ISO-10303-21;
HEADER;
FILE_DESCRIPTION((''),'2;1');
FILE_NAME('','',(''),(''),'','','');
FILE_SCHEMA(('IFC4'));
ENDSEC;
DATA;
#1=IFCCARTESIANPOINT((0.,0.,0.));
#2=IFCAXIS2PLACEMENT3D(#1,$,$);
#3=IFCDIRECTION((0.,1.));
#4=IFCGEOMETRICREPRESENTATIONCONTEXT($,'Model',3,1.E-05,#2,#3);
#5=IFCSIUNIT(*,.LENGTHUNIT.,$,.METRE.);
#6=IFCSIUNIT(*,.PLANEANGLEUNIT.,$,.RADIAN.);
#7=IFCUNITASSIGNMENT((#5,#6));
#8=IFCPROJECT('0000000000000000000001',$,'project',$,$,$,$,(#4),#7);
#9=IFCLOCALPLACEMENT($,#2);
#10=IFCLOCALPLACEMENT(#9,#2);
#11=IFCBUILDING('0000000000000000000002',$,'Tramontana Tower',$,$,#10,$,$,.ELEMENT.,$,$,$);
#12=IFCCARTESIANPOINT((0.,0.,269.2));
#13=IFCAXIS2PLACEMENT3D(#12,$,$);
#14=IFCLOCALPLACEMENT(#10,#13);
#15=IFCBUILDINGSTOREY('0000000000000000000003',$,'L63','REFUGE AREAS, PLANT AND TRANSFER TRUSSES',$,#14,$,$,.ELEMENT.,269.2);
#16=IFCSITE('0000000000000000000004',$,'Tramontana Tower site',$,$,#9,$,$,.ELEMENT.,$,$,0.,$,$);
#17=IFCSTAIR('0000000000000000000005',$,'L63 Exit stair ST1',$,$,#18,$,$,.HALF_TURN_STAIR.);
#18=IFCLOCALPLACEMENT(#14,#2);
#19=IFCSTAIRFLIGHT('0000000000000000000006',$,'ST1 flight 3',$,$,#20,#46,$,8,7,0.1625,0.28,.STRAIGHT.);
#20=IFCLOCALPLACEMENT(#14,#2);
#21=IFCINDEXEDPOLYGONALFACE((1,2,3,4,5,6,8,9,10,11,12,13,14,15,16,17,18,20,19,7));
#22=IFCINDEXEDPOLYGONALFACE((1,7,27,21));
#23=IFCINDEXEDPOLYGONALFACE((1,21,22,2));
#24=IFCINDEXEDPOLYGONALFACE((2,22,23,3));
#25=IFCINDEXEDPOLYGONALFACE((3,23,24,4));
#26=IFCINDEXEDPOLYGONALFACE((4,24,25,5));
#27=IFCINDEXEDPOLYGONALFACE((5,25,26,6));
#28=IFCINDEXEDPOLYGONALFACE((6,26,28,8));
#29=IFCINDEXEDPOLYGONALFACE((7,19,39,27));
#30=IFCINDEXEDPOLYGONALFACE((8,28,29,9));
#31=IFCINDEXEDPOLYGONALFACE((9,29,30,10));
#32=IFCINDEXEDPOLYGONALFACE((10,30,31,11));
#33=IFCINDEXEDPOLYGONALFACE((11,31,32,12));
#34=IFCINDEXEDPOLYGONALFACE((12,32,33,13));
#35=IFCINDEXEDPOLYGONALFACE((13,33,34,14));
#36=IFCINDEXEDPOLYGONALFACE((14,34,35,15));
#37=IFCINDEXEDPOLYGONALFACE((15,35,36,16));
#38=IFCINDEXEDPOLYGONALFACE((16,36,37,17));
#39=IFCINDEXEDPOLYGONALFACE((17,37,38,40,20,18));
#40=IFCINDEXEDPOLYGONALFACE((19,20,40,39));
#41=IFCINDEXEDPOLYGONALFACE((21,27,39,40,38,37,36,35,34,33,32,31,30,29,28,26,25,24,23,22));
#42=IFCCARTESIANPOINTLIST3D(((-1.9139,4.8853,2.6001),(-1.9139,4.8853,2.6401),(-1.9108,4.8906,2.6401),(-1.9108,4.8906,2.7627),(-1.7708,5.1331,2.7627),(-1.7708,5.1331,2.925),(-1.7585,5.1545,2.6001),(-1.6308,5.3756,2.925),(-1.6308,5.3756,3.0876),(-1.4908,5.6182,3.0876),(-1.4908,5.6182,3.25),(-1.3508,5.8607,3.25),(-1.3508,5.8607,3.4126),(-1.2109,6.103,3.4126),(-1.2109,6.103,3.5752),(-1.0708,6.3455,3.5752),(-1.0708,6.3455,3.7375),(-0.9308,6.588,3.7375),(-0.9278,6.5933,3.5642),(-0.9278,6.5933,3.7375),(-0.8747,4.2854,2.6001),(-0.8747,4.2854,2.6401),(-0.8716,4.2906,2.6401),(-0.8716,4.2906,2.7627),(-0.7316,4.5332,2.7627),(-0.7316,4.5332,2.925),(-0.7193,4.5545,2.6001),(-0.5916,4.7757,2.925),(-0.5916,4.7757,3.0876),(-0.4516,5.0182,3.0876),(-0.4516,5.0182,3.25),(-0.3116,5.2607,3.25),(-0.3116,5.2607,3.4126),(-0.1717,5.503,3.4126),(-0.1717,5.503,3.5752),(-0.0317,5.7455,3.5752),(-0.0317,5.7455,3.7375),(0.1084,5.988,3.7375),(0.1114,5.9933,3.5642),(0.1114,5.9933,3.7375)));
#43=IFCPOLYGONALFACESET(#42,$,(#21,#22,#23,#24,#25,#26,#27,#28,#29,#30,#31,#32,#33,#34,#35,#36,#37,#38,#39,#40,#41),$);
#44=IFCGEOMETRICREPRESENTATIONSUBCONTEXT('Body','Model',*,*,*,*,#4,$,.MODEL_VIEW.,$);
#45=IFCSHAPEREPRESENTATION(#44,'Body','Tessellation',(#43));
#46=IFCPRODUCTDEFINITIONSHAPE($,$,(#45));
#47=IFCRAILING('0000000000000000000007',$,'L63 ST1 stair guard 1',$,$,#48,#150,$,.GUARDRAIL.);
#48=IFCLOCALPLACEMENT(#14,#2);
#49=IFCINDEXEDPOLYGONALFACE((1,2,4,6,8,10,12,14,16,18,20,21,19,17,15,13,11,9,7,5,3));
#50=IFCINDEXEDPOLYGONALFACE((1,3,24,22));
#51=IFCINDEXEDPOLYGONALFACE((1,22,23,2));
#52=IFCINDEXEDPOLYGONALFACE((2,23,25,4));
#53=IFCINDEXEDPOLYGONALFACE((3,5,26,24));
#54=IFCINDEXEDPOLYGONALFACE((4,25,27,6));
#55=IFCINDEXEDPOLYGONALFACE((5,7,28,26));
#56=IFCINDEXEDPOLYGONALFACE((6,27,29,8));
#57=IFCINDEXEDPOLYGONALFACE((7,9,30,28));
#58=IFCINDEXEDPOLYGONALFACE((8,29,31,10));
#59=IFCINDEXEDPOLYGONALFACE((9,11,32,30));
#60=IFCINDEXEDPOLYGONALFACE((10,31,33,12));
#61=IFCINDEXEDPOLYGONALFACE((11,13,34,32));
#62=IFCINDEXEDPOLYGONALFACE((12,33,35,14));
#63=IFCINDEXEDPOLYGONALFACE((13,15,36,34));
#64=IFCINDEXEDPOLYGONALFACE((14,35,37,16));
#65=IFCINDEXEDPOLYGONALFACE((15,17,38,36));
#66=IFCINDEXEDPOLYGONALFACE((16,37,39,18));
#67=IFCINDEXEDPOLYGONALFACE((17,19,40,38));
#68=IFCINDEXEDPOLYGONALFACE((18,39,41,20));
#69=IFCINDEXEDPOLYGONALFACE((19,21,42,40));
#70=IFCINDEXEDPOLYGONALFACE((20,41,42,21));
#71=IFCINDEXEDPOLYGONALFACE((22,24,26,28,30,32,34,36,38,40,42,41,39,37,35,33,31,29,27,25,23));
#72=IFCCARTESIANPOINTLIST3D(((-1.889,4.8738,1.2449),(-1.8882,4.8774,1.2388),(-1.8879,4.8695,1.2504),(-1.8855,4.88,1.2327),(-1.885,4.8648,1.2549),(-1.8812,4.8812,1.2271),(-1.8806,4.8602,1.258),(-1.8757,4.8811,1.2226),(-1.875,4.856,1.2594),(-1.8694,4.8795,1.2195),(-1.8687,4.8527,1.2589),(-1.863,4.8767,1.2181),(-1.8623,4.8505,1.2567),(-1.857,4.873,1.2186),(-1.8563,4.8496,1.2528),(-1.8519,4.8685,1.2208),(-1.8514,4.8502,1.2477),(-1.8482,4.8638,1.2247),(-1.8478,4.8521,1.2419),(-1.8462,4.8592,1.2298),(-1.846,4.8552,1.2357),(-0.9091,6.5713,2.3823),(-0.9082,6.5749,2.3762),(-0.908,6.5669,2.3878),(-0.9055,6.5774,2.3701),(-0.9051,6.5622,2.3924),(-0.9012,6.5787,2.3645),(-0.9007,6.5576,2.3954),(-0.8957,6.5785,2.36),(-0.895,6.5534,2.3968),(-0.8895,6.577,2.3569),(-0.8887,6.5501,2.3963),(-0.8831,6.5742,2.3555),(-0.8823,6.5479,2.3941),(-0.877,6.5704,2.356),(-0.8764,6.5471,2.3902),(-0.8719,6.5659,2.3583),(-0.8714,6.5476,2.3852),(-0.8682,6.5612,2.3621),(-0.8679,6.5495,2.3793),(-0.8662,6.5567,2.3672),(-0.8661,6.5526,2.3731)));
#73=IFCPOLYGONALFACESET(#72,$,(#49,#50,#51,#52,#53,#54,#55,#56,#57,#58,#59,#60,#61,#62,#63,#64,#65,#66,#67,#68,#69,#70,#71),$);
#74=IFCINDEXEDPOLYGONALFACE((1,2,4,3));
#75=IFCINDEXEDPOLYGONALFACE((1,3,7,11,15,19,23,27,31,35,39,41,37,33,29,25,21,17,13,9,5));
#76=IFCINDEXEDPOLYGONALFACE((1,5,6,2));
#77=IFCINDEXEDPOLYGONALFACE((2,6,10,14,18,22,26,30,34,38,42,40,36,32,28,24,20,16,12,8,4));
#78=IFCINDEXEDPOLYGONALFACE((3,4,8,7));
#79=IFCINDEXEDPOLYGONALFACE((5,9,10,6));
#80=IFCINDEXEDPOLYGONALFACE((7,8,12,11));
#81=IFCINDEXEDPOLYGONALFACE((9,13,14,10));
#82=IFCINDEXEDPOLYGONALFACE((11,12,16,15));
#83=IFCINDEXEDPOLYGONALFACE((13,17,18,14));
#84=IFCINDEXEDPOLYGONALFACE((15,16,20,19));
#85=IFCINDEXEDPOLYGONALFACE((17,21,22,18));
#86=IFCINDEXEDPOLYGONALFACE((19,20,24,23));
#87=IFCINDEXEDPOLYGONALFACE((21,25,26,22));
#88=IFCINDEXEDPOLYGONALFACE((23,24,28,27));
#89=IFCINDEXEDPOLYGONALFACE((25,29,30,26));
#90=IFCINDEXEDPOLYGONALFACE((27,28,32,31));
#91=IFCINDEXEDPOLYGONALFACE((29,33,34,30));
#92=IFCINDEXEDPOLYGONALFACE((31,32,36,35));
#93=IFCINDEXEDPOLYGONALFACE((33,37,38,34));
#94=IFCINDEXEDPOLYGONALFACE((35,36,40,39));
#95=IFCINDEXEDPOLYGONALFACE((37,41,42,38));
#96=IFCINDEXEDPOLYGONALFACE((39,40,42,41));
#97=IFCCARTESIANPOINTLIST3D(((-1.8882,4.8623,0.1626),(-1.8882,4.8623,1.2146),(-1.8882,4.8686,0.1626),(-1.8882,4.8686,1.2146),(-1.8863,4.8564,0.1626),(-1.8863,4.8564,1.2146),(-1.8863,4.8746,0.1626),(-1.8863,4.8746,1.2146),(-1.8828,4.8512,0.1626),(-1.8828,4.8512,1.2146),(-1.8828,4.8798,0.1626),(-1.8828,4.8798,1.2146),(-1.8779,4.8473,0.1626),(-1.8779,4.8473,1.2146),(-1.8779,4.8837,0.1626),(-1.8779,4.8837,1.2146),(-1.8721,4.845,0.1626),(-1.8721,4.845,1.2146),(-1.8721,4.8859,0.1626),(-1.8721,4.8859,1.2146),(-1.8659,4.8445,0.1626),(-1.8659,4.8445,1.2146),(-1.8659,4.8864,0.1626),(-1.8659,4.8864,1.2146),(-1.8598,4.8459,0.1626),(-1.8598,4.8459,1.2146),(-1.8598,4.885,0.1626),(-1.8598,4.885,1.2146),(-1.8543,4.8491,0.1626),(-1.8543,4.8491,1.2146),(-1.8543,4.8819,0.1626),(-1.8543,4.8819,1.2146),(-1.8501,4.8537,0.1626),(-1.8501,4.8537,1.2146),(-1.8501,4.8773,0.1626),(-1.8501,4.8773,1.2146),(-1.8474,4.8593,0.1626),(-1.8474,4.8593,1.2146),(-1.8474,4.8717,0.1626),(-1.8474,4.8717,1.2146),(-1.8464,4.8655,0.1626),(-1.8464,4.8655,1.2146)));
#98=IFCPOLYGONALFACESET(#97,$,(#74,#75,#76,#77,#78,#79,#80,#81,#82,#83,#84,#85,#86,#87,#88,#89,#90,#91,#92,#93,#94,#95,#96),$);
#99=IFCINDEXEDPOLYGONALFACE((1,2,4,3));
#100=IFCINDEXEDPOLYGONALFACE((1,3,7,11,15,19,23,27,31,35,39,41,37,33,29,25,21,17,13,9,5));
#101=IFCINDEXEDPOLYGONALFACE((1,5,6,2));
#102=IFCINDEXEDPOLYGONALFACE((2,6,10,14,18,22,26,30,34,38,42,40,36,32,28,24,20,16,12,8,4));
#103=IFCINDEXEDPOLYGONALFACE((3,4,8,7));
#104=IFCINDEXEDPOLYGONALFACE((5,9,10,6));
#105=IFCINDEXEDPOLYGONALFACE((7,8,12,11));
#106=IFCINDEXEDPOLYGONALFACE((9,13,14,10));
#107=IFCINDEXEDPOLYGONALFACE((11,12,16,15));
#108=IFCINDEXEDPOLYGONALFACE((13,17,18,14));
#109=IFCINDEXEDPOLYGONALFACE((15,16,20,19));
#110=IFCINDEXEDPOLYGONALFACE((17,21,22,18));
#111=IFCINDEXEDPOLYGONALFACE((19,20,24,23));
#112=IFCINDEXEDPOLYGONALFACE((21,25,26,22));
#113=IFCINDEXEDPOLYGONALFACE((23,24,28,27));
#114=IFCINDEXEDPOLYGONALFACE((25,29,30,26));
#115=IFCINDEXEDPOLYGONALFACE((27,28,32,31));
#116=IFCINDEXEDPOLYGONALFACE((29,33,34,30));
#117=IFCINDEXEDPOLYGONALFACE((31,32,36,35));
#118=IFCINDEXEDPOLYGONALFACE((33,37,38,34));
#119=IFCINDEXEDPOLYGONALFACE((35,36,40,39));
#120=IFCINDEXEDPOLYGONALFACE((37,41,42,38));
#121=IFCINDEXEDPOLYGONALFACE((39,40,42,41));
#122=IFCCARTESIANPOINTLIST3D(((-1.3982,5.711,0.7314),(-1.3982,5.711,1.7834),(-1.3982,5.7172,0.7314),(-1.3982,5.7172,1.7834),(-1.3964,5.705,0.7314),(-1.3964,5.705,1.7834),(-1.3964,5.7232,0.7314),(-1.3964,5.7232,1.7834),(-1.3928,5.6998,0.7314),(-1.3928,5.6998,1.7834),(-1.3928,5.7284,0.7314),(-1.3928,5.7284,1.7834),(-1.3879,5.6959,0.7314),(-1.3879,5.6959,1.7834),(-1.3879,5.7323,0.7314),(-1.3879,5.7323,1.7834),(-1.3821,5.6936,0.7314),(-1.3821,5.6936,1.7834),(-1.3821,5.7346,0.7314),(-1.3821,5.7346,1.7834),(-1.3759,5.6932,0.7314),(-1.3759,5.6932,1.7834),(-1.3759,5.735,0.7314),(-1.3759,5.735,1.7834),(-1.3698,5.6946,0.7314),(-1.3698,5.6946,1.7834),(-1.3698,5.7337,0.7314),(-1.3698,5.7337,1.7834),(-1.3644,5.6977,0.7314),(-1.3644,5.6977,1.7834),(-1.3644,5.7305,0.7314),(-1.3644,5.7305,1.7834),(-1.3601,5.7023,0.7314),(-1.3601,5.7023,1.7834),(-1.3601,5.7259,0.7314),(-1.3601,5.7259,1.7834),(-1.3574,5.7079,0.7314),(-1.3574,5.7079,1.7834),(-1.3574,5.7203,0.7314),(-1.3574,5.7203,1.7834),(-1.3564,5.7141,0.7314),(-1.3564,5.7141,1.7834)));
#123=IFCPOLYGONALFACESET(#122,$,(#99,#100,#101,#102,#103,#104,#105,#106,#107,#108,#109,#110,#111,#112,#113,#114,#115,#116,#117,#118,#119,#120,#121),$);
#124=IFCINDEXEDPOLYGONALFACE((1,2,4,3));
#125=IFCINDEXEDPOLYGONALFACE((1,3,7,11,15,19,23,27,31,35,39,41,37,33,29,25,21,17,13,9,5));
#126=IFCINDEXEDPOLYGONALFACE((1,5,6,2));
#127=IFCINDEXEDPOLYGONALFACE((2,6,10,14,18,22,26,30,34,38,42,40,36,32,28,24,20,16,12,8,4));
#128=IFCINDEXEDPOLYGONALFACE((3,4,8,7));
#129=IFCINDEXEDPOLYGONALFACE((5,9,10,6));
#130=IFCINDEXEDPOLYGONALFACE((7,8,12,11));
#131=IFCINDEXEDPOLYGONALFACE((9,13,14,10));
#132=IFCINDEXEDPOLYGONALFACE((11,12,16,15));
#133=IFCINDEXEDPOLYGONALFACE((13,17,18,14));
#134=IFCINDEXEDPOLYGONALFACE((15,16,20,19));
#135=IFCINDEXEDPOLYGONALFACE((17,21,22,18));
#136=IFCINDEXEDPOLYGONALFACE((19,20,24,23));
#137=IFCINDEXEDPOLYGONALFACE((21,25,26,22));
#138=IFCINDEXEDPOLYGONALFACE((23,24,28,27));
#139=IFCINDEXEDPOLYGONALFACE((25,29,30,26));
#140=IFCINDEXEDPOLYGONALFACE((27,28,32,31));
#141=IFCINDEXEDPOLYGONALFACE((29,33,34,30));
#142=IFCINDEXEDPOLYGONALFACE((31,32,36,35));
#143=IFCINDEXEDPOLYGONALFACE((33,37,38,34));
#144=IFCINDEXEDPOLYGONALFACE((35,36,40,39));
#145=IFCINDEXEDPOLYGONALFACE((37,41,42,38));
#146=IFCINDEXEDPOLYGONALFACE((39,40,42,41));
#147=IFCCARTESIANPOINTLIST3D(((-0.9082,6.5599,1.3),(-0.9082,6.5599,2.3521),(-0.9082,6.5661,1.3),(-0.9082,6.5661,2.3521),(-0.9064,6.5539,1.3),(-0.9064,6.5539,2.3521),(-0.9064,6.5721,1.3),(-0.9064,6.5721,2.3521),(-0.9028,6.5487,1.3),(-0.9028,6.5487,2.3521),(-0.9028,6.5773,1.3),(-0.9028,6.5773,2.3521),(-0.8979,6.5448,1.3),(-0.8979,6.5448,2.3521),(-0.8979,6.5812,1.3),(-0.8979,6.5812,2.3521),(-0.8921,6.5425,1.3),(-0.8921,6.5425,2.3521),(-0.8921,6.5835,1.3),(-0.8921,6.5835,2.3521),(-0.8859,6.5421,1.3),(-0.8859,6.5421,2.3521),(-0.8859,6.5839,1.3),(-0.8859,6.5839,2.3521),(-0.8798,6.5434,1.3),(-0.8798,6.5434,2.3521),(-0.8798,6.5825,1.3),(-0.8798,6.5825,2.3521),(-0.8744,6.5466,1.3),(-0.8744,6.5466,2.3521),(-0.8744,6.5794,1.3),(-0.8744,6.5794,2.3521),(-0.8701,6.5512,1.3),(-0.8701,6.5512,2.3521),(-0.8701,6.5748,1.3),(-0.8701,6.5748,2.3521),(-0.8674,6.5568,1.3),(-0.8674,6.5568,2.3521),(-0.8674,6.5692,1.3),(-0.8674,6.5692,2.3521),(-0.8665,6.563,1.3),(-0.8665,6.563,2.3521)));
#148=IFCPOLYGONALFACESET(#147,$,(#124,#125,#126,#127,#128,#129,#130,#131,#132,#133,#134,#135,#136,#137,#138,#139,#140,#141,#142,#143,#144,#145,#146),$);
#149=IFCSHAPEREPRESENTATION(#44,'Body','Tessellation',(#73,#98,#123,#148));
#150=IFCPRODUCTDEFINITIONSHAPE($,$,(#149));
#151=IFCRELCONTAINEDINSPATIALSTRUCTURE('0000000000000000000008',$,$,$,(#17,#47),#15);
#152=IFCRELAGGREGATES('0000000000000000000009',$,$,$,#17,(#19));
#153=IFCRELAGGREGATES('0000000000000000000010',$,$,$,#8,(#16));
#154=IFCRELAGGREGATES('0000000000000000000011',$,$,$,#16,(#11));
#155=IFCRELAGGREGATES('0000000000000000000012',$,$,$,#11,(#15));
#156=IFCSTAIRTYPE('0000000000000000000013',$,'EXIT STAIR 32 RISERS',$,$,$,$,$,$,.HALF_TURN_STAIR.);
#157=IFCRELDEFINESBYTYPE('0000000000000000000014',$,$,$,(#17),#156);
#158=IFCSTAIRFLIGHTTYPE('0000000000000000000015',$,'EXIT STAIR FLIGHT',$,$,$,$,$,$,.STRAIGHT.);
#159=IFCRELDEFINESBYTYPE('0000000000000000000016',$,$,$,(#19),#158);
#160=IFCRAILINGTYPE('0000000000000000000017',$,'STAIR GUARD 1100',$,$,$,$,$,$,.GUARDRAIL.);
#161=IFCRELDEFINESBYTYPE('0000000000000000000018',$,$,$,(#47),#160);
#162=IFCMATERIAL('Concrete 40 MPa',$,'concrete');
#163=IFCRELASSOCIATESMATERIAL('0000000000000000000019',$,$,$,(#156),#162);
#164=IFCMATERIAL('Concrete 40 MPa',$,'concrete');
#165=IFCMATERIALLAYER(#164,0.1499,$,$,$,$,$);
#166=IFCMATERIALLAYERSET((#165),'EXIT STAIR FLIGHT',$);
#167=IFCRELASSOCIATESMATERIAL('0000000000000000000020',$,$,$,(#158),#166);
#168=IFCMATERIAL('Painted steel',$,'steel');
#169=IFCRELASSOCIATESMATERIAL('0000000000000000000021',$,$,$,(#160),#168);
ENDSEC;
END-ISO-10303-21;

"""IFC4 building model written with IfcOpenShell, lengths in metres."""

from ifc_helpers import new_model, si_unit, direction, frame, origin, origin_2d, place, context, subcontext, project, spatial, polyline, circle, outline, extrude, material, layer, layer_set, type_object, element, aggregate, save


model = new_model("IFC4")

# Units and contexts
model_context = context("Model", 3, precision=1e-05, world=origin(), true_north=direction((0.0, 1.0)))
body_context = subcontext(model_context, "Body", "Model", "MODEL_VIEW")
ifc_project = project(units=[si_unit("LENGTHUNIT", "METRE"), si_unit("PLANEANGLEUNIT", "RADIAN")], contexts=[model_context])

# Site, building, storey
site_placement = place(None, origin())
site = spatial("IfcSite", under=ifc_project, at=site_placement, Name="Tramontana Tower site", CompositionType="ELEMENT", RefElevation=0.0)
building_placement = place(site_placement, origin())
building = spatial("IfcBuilding", under=site, at=building_placement, Name="Tramontana Tower", CompositionType="ELEMENT")
storey_placement = place(building_placement, frame((0.0, 0.0, 269.2)))
storey = spatial("IfcBuildingStorey", under=building, at=storey_placement, Name="L63", Description="REFUGE AREAS, PLANT AND TRANSFER TRUSSES", CompositionType="ELEMENT", Elevation=269.2)

# Stair, stair flight
ifc_material_1 = material(Name="Concrete 40 MPa", Category="concrete")
stair_type = type_object("IfcStairType", Name="EXIT STAIR 32 RISERS", PredefinedType="HALF_TURN_STAIR", material=ifc_material_1)
stair_placement = place(storey_placement, origin())
stair = element("IfcStair", 1, at=stair_placement, inside=storey, type_object=stair_type, Name="L63 Exit stair ST1", PredefinedType="HALF_TURN_STAIR")
ifc_material_2 = material(Name="Concrete 40 MPa", Category="concrete")
ifc_layer_1 = layer(ifc_material_2, 0.1499)
ifc_layer_set_1 = layer_set([ifc_layer_1], Name="EXIT STAIR FLIGHT")
stair_flight_type = type_object("IfcStairFlightType", Name="EXIT STAIR FLIGHT", PredefinedType="STRAIGHT", material=ifc_layer_set_1)
stair_flight_1_placement = place(storey_placement, frame((-1.3911, 4.5906, 2.6001), z_axis=(0.0, 0.0, 1.0), x_axis=(0.5, 0.866025, 0.0)))
stair_flight_1 = element("IfcStairFlight", 2, at=stair_flight_1_placement, type_object=stair_flight_type, Name="ST1 flight 3", NumberOfRisers=8, NumberOfTreads=7, PredefinedType="STRAIGHT", RiserHeight=0.1625, TreadLength=0.28, context=body_context, shape_type="SweptSolid", body=[
    extrude(outline(polyline([(-0.0061, 0.0), (-0.0061, 0.04), (0.0, 0.04), (0.0, 0.1626), (0.28, 0.1626), (0.28, 0.325), (0.5601, 0.325), (0.5601, 0.4875), (0.8401, 0.4875), (0.8401, 0.6499), (1.1201, 0.6499), (1.1201, 0.8125), (1.3999, 0.8125), (1.3999, 0.9751), (1.6799, 0.9751), (1.6799, 1.1375), (1.96, 1.1375), (1.9661, 1.1375), (1.9661, 0.9641), (0.3047, 0.0), (-0.0061, 0.0)])), frame((0.0, 0.6001, 0.0), z_axis=(0.0, -1.0, 0.0), x_axis=(1.0, 0.0, 0.0)), (0.0, 0.0, 1.0), 1.2),
])
aggregate(stair, [stair_flight_1])

# Railing
ifc_material_3 = material(Name="Painted steel", Category="steel")
railing_type_1 = type_object("IfcRailingType", Name="STAIR GUARD 1100", PredefinedType="GUARDRAIL", material=ifc_material_3)
railing_1_placement = place(storey_placement, frame((-1.8674, 4.8655, 0.1626)))
element("IfcRailing", 3, at=railing_1_placement, inside=storey, type_object=railing_type_1, Name="L63 ST1 stair guard 1", PredefinedType="GUARDRAIL", context=body_context, shape_type="SweptSolid", body=[
    extrude(circle(Radius=0.0239, at=origin_2d()), frame((0.0, 0.0, 1.0762), z_axis=(0.432432, 0.749053, 0.501918), x_axis=(-0.866042, 0.49997, 0.0)), (0.0, 0.0, 1.0), 2.2661),
    extrude(circle(Radius=0.021, at=origin_2d()), origin(), (0.0, 0.0, 1.0), 1.052),
    extrude(circle(Radius=0.021, at=origin_2d()), frame((0.49, 0.8486, 0.5688)), (0.0, 0.0, 1.0), 1.052),
    extrude(circle(Radius=0.021, at=origin_2d()), frame((0.98, 1.6975, 1.1375)), (0.0, 0.0, 1.0), 1.052),
])

save(model, "model.ifc")
